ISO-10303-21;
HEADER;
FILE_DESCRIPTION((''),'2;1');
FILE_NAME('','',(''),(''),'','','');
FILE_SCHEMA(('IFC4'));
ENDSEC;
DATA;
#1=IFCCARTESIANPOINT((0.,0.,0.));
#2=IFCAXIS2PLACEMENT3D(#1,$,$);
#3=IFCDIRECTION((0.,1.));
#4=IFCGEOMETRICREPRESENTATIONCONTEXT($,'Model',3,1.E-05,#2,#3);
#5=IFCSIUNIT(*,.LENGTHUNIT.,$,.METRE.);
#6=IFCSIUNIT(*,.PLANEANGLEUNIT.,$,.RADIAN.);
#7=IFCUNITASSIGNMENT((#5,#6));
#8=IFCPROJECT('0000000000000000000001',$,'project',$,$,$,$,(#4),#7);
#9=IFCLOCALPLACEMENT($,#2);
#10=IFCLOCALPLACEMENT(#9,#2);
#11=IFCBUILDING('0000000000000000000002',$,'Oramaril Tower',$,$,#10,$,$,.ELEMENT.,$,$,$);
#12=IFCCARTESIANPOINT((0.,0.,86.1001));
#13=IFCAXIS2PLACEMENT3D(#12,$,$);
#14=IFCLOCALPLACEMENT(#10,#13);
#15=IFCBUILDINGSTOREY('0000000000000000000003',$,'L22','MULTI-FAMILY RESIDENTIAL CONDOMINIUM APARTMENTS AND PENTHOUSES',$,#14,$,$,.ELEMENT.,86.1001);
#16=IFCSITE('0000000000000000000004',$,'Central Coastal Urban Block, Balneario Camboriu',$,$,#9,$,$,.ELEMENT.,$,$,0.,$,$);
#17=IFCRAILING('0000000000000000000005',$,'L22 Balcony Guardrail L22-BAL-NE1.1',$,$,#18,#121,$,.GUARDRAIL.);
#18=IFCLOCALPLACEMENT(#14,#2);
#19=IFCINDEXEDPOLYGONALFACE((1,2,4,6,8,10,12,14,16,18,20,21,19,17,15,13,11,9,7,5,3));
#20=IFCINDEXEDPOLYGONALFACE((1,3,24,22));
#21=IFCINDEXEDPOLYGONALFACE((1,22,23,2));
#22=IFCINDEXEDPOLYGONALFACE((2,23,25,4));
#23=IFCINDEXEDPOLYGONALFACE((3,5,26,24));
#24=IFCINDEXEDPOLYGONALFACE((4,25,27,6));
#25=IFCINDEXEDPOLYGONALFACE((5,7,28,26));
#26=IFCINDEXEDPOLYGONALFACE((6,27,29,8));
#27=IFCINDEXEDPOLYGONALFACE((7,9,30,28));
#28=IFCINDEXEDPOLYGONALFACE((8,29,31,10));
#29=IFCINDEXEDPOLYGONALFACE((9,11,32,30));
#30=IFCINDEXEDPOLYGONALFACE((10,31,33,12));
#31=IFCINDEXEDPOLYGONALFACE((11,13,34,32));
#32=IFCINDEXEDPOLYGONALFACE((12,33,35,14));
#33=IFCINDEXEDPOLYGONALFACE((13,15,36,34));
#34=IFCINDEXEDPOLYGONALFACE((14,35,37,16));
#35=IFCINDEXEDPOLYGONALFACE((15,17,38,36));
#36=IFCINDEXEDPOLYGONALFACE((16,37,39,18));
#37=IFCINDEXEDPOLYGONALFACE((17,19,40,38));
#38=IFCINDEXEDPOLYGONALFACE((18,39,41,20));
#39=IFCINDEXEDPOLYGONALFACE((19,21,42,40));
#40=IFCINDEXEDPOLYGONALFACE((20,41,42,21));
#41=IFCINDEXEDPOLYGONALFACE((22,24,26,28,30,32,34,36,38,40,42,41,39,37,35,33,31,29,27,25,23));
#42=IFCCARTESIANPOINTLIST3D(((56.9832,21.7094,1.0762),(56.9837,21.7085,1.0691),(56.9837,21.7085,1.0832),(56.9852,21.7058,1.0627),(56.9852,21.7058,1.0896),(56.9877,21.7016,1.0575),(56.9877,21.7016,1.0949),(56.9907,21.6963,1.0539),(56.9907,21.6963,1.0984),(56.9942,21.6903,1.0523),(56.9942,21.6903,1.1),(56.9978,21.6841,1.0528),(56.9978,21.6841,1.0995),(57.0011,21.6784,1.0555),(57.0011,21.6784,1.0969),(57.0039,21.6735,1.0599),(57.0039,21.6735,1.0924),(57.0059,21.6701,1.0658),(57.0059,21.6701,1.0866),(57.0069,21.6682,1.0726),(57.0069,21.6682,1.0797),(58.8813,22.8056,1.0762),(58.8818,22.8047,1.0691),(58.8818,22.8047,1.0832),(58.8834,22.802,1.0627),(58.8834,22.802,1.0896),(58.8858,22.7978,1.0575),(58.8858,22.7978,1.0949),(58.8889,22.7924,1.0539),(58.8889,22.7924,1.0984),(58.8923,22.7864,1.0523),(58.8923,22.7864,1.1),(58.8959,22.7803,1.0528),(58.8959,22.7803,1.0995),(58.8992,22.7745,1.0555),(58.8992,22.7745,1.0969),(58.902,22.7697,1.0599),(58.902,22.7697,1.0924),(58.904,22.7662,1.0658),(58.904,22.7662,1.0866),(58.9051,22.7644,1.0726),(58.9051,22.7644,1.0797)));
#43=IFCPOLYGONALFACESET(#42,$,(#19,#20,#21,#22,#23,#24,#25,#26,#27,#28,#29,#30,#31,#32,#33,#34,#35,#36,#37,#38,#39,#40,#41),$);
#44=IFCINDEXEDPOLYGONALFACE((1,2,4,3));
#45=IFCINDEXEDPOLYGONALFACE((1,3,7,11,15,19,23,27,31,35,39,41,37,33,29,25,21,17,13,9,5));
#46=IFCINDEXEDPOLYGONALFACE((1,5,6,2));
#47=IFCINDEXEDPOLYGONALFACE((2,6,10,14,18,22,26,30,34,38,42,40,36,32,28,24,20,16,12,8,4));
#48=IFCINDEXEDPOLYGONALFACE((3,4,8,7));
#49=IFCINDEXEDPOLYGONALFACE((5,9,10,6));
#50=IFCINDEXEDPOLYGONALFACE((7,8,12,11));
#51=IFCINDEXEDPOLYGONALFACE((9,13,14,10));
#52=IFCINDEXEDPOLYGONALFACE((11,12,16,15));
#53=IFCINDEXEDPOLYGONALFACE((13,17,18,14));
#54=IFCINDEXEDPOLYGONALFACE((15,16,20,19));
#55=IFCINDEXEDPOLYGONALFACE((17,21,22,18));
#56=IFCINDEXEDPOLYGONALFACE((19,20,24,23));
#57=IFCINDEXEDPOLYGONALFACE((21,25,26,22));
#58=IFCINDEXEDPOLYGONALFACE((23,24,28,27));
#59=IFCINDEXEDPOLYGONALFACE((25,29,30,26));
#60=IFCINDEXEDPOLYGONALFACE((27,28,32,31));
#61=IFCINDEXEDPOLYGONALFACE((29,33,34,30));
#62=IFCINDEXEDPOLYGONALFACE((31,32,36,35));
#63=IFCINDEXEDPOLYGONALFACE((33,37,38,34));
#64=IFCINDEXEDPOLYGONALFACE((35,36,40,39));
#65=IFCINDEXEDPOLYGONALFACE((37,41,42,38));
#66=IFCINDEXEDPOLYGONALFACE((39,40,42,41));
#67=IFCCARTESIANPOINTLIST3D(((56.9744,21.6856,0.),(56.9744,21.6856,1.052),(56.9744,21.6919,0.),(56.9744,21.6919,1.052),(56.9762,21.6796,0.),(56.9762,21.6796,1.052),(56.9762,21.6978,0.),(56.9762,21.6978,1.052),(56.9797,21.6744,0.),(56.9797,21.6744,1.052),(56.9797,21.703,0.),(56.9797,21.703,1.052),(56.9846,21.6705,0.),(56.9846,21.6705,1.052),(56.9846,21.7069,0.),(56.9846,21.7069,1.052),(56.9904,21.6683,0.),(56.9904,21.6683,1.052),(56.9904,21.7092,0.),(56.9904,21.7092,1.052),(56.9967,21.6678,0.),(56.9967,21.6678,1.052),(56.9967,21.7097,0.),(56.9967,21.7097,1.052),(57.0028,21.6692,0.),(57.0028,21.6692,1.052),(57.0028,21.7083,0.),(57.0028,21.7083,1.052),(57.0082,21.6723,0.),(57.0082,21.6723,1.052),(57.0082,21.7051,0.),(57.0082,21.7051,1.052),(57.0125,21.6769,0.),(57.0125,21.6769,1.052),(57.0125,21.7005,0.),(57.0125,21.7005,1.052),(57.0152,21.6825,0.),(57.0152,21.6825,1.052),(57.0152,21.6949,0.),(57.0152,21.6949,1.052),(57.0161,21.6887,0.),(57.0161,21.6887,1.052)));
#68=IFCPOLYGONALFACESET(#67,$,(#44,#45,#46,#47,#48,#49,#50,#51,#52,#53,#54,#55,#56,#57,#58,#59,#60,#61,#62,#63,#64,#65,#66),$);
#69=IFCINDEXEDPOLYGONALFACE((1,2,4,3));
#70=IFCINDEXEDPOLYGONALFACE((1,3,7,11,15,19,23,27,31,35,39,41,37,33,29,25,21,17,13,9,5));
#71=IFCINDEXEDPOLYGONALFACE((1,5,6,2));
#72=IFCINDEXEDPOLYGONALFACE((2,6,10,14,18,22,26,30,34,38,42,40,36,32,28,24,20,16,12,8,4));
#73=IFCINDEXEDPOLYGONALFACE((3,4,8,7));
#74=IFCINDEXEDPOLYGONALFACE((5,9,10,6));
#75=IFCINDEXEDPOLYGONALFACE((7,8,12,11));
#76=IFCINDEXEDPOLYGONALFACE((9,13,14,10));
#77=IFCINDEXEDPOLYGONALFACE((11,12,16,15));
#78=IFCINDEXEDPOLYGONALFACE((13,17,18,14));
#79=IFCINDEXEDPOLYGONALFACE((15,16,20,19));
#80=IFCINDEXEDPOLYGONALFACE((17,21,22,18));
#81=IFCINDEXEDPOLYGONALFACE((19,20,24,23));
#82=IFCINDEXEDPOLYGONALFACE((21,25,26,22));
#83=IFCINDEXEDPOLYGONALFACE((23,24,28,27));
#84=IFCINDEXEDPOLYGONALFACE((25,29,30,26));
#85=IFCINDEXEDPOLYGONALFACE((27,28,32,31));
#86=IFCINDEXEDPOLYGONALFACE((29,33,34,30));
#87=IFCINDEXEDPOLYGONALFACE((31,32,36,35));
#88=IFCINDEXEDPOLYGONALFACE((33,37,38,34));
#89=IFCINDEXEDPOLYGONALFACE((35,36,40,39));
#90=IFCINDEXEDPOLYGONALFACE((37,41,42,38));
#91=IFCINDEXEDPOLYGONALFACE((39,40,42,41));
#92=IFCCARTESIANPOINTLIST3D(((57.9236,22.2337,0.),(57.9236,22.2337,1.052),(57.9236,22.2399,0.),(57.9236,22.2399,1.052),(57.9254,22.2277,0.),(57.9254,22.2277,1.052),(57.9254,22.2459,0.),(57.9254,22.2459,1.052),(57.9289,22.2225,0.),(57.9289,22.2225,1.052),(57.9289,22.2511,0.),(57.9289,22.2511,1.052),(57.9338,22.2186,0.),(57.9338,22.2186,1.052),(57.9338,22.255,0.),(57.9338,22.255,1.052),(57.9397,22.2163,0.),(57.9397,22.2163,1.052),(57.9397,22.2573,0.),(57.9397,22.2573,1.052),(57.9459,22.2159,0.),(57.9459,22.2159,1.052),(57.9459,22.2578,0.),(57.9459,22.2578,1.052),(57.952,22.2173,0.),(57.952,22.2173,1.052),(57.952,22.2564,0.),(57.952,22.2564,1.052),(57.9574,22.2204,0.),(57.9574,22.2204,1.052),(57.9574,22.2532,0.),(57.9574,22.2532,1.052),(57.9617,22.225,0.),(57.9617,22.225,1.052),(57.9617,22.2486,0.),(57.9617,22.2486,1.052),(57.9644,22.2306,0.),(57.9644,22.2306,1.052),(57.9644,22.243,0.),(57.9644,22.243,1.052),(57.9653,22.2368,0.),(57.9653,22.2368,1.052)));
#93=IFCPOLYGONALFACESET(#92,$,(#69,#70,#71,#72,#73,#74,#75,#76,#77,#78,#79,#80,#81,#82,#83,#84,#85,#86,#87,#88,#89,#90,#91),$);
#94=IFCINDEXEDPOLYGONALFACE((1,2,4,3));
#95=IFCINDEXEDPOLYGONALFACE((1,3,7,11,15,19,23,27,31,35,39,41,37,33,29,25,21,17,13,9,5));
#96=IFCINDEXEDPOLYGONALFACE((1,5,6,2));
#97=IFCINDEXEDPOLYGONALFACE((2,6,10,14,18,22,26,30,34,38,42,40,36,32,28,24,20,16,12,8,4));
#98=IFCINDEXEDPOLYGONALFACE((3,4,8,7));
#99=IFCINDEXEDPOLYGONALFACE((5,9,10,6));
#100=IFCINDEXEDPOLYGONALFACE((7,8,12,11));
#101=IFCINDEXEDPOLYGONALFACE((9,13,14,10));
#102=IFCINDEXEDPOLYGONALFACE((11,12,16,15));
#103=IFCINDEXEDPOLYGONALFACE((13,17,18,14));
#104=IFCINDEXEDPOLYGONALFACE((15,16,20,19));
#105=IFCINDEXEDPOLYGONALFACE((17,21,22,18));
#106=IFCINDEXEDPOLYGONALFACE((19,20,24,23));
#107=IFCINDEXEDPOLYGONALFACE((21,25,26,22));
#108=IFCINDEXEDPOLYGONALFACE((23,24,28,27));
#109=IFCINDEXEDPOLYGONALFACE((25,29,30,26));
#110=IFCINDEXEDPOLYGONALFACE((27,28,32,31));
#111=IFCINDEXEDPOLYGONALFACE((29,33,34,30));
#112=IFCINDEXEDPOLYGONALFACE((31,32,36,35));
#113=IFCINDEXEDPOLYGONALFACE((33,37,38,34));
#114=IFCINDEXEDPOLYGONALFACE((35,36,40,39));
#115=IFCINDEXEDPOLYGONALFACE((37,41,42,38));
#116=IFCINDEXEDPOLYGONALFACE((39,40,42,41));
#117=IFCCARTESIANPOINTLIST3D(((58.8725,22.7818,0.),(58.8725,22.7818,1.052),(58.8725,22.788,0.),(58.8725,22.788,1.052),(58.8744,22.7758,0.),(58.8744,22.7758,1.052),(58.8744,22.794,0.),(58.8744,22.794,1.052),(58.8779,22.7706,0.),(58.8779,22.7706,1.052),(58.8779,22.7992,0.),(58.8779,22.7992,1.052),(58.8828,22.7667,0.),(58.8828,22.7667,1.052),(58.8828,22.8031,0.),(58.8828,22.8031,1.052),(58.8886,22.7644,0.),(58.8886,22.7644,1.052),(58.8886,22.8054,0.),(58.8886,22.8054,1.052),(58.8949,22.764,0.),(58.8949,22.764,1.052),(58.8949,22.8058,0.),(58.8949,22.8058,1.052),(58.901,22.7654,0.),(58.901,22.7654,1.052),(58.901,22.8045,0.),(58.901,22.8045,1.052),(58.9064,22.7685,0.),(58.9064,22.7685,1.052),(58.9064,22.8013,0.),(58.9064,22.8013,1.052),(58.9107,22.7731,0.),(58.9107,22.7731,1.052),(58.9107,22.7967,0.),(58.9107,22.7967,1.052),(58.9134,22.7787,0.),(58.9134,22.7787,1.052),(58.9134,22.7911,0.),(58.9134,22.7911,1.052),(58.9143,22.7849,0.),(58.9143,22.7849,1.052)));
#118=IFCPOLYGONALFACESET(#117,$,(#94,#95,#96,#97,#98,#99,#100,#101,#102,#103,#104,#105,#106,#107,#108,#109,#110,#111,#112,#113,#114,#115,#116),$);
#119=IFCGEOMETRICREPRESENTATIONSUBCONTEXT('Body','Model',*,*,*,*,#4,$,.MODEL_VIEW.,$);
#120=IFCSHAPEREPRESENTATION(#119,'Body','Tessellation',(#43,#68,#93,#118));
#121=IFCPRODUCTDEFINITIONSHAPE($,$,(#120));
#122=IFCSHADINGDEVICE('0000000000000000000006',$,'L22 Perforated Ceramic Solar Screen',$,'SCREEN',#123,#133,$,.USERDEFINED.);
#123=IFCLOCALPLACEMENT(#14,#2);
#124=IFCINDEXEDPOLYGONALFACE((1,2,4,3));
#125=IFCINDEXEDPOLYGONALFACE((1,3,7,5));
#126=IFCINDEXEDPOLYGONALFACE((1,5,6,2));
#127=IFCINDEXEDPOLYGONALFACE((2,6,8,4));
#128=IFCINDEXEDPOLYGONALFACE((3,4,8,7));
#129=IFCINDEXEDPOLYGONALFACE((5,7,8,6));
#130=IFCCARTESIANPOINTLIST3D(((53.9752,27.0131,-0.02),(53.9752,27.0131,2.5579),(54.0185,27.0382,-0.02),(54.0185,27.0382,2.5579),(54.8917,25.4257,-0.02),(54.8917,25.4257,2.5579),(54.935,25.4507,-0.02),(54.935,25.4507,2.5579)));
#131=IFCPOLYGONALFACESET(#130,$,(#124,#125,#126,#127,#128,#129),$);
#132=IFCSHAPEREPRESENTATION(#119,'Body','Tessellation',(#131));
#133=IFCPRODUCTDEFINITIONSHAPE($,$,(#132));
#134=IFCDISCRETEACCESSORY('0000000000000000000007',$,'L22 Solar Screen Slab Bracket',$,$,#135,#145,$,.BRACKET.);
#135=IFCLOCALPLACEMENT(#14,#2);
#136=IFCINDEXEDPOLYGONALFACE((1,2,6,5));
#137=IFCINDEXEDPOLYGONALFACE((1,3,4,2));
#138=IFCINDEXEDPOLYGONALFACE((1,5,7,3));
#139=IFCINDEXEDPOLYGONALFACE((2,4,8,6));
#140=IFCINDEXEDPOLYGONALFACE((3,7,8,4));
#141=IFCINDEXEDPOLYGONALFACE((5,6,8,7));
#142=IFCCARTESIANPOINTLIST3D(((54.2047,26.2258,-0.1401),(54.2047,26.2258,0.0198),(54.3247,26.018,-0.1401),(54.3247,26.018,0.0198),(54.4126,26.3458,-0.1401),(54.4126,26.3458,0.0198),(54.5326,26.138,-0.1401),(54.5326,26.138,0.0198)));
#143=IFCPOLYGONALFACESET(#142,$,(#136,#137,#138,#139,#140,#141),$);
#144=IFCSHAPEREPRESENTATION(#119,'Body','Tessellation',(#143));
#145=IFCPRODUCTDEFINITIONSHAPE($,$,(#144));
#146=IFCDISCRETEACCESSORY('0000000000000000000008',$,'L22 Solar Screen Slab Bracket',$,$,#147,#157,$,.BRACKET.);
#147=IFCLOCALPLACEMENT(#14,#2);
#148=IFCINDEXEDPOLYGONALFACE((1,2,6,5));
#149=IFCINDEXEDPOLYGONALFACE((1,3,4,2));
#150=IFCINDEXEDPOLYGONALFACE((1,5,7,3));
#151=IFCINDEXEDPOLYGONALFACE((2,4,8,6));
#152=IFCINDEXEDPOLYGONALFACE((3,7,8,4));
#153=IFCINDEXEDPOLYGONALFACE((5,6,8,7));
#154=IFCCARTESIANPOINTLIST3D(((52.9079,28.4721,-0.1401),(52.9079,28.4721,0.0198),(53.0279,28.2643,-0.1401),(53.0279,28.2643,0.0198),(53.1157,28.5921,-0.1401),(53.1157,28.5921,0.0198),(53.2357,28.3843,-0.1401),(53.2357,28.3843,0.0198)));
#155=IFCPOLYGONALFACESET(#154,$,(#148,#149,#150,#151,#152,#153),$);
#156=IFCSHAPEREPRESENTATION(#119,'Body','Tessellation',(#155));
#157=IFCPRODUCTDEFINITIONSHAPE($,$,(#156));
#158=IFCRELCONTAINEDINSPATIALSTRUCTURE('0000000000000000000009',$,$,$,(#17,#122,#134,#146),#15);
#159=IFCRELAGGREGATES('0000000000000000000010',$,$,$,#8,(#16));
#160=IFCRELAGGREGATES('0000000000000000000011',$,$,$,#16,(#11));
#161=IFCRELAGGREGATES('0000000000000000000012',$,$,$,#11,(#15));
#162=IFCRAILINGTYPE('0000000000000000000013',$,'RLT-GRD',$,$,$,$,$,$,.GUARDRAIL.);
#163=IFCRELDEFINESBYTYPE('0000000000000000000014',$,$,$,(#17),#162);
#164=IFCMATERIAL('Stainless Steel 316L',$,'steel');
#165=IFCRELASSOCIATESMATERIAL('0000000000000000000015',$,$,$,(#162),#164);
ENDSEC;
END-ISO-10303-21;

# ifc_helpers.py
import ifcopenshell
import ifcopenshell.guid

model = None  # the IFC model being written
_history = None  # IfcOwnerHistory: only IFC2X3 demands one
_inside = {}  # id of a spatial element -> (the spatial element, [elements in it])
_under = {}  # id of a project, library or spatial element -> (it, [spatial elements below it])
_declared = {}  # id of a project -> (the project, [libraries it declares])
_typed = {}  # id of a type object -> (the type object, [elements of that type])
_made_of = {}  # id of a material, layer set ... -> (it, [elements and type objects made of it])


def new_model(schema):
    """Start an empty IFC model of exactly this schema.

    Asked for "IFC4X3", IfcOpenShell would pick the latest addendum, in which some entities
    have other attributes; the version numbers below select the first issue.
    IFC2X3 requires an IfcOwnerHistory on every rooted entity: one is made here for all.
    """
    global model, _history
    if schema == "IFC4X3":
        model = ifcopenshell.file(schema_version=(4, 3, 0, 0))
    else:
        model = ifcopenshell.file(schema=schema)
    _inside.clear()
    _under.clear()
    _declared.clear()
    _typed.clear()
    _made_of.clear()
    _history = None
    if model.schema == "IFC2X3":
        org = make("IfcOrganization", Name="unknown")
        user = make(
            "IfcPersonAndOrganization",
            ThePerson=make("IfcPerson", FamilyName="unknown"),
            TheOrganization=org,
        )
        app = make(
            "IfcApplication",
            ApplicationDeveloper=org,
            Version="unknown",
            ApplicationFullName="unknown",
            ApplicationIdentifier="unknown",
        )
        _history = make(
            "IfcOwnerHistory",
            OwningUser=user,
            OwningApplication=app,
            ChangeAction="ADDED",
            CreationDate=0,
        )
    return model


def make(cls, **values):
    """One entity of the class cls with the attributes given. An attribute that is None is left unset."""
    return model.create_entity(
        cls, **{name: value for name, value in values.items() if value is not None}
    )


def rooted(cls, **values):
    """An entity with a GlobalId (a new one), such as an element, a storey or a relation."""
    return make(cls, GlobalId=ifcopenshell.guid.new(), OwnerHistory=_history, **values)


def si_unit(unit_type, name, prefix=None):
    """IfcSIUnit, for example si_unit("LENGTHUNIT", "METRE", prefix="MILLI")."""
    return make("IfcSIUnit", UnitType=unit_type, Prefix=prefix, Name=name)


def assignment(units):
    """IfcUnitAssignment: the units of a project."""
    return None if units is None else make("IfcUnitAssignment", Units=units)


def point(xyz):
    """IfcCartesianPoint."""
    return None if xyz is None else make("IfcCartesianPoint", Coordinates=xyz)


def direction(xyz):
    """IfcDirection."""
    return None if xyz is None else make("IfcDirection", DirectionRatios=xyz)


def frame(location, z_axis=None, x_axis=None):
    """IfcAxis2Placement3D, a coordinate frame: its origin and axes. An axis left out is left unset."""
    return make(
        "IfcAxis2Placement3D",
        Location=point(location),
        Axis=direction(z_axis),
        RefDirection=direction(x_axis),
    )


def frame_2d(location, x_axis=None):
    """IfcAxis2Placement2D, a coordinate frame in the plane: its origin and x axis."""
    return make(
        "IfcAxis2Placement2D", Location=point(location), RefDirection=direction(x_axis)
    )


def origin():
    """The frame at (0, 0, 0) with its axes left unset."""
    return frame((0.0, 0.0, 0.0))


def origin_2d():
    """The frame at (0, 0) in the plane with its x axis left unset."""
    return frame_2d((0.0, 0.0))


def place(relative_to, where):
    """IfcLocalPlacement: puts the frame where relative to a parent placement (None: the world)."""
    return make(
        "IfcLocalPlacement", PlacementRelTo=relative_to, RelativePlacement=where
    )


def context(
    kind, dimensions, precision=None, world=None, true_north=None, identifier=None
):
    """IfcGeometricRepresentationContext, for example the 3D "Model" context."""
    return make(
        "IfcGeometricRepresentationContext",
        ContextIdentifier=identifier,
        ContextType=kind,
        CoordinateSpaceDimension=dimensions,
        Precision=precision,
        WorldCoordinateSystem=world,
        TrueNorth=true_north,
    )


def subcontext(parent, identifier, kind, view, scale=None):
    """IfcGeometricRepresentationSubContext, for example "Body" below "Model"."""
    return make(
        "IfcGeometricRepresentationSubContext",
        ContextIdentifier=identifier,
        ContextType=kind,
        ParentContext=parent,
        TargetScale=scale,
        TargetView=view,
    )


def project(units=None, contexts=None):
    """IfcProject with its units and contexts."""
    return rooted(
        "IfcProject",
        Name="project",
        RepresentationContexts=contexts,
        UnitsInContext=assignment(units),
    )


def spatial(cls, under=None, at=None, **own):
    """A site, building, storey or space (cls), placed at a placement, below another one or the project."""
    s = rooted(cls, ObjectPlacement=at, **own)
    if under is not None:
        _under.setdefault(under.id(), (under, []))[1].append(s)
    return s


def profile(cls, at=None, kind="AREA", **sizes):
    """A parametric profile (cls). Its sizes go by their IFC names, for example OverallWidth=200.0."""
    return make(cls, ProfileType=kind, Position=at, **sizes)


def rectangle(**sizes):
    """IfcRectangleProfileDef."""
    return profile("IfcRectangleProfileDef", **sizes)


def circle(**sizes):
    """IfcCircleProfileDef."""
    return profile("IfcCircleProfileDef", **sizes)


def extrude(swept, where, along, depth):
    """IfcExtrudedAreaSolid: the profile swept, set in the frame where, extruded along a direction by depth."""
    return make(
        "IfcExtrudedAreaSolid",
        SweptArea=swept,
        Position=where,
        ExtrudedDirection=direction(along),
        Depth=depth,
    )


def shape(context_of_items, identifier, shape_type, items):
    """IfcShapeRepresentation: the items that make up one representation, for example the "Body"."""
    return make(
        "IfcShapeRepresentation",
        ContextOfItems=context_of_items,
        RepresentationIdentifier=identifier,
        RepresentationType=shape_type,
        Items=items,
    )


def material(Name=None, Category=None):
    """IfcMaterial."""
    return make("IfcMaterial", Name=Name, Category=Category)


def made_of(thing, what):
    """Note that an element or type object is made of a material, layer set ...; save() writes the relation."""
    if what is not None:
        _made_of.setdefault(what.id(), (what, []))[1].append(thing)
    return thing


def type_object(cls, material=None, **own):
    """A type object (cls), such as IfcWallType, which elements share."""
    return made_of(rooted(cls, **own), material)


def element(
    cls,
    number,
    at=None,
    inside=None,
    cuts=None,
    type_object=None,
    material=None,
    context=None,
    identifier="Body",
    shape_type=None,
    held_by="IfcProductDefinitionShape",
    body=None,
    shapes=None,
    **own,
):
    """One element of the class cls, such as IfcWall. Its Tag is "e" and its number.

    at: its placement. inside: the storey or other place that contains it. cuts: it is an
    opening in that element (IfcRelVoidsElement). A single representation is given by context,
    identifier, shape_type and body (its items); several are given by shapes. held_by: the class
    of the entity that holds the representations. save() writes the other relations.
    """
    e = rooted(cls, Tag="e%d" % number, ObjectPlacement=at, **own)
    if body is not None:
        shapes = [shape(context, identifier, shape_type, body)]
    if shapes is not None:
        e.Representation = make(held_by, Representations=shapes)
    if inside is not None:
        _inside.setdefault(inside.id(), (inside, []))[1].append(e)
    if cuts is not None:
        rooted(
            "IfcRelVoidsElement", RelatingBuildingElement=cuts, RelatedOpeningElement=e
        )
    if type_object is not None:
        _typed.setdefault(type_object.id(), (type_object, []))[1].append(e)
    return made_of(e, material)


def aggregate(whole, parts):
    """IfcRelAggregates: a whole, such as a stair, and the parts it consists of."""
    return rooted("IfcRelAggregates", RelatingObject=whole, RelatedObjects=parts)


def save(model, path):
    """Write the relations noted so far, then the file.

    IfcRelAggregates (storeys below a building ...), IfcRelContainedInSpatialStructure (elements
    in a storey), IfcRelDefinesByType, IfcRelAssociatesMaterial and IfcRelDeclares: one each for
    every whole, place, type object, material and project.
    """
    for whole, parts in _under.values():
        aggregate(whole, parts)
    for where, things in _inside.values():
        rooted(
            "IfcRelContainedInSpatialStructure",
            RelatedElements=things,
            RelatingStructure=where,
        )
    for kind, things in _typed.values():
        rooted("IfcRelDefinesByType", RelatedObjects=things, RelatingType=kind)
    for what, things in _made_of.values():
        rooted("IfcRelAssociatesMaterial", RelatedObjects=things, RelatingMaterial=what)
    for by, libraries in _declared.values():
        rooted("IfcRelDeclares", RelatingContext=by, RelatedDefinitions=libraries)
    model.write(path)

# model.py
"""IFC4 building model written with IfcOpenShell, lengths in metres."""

from ifc_helpers import new_model, si_unit, direction, frame, origin, origin_2d, place, context, subcontext, project, spatial, rectangle, circle, extrude, material, type_object, element, save


model = new_model("IFC4")

# Units and contexts
model_context = context("Model", 3, precision=1e-05, world=origin(), true_north=direction((0.0, 1.0)))
body_context = subcontext(model_context, "Body", "Model", "MODEL_VIEW")
ifc_project = project(units=[si_unit("LENGTHUNIT", "METRE"), si_unit("PLANEANGLEUNIT", "RADIAN")], contexts=[model_context])

# Site, building, storey
site_placement = place(None, origin())
site = spatial("IfcSite", under=ifc_project, at=site_placement, Name="Central Coastal Urban Block, Balneario Camboriu", CompositionType="ELEMENT", RefElevation=0.0)
building_placement = place(site_placement, origin())
building = spatial("IfcBuilding", under=site, at=building_placement, Name="Oramaril Tower", CompositionType="ELEMENT")
storey_placement = place(building_placement, frame((0.0, 0.0, 86.1001)))
storey = spatial("IfcBuildingStorey", under=building, at=storey_placement, Name="L22", Description="MULTI-FAMILY RESIDENTIAL CONDOMINIUM APARTMENTS AND PENTHOUSES", CompositionType="ELEMENT", Elevation=86.1001)

# Railing
ifc_material_1 = material(Name="Stainless Steel 316L", Category="steel")
railing_type = type_object("IfcRailingType", Name="RLT-GRD", PredefinedType="GUARDRAIL", material=ifc_material_1)
railing_1_placement = place(storey_placement, frame((56.9951, 21.6887, 0.0)))
element("IfcRailing", 1, at=railing_1_placement, inside=storey, type_object=railing_type, Name="L22 Balcony Guardrail L22-BAL-NE1.1", PredefinedType="GUARDRAIL", context=body_context, shape_type="SweptSolid", body=[
    extrude(circle(Radius=0.0239, at=origin_2d()), frame((0.0, 0.0, 1.0762), z_axis=(0.865972, 0.500092, 0.0), x_axis=(-0.500092, 0.865972, 0.0)), (0.0, 0.0, 1.0), 2.1919),
    extrude(circle(Radius=0.021, at=origin_2d()), origin(), (0.0, 0.0, 1.0), 1.052),
    extrude(circle(Radius=0.021, at=origin_2d()), frame((0.9492, 0.5481, 0.0)), (0.0, 0.0, 1.0), 1.052),
    extrude(circle(Radius=0.021, at=origin_2d()), frame((1.8982, 1.0962, 0.0)), (0.0, 0.0, 1.0), 1.052),
])

# Shading device
shading_device_placement = place(storey_placement, frame((54.4551, 26.2319, -0.02), z_axis=(0.0, 0.0, 1.0), x_axis=(-0.5, 0.866025, 0.0)))
element("IfcShadingDevice", 2, at=shading_device_placement, inside=storey, Name="L22 Perforated Ceramic Solar Screen", ObjectType="SCREEN", PredefinedType="USERDEFINED", context=body_context, shape_type="SweptSolid", body=[
    extrude(rectangle(XDim=1.833, YDim=0.05, at=origin_2d()), origin(), (0.0, 0.0, 1.0), 2.5779),
])

# Discrete accessories
for number, where, z_axis, x_axis, name in (
    (3, (54.3687, 26.1819, -0.1401), (0.0, 0.0, 1.0), (-0.5, 0.866025, 0.0), "L22 Solar Screen Slab Bracket"),
    (4, (53.0718, 28.4282, -0.1401), (0.0, 0.0, 1.0), (-0.5, 0.866025, 0.0), "L22 Solar Screen Slab Bracket"),
):
    element("IfcDiscreteAccessory", number, at=place(storey_placement, frame(where, z_axis=z_axis, x_axis=x_axis)), inside=storey, Name=name, PredefinedType="BRACKET", context=body_context, shape_type="SweptSolid", body=[
        extrude(rectangle(XDim=0.24, YDim=0.24, at=origin_2d()), origin(), (0.0, 0.0, 1.0), 0.1599),
    ])

save(model, "model.ifc")
